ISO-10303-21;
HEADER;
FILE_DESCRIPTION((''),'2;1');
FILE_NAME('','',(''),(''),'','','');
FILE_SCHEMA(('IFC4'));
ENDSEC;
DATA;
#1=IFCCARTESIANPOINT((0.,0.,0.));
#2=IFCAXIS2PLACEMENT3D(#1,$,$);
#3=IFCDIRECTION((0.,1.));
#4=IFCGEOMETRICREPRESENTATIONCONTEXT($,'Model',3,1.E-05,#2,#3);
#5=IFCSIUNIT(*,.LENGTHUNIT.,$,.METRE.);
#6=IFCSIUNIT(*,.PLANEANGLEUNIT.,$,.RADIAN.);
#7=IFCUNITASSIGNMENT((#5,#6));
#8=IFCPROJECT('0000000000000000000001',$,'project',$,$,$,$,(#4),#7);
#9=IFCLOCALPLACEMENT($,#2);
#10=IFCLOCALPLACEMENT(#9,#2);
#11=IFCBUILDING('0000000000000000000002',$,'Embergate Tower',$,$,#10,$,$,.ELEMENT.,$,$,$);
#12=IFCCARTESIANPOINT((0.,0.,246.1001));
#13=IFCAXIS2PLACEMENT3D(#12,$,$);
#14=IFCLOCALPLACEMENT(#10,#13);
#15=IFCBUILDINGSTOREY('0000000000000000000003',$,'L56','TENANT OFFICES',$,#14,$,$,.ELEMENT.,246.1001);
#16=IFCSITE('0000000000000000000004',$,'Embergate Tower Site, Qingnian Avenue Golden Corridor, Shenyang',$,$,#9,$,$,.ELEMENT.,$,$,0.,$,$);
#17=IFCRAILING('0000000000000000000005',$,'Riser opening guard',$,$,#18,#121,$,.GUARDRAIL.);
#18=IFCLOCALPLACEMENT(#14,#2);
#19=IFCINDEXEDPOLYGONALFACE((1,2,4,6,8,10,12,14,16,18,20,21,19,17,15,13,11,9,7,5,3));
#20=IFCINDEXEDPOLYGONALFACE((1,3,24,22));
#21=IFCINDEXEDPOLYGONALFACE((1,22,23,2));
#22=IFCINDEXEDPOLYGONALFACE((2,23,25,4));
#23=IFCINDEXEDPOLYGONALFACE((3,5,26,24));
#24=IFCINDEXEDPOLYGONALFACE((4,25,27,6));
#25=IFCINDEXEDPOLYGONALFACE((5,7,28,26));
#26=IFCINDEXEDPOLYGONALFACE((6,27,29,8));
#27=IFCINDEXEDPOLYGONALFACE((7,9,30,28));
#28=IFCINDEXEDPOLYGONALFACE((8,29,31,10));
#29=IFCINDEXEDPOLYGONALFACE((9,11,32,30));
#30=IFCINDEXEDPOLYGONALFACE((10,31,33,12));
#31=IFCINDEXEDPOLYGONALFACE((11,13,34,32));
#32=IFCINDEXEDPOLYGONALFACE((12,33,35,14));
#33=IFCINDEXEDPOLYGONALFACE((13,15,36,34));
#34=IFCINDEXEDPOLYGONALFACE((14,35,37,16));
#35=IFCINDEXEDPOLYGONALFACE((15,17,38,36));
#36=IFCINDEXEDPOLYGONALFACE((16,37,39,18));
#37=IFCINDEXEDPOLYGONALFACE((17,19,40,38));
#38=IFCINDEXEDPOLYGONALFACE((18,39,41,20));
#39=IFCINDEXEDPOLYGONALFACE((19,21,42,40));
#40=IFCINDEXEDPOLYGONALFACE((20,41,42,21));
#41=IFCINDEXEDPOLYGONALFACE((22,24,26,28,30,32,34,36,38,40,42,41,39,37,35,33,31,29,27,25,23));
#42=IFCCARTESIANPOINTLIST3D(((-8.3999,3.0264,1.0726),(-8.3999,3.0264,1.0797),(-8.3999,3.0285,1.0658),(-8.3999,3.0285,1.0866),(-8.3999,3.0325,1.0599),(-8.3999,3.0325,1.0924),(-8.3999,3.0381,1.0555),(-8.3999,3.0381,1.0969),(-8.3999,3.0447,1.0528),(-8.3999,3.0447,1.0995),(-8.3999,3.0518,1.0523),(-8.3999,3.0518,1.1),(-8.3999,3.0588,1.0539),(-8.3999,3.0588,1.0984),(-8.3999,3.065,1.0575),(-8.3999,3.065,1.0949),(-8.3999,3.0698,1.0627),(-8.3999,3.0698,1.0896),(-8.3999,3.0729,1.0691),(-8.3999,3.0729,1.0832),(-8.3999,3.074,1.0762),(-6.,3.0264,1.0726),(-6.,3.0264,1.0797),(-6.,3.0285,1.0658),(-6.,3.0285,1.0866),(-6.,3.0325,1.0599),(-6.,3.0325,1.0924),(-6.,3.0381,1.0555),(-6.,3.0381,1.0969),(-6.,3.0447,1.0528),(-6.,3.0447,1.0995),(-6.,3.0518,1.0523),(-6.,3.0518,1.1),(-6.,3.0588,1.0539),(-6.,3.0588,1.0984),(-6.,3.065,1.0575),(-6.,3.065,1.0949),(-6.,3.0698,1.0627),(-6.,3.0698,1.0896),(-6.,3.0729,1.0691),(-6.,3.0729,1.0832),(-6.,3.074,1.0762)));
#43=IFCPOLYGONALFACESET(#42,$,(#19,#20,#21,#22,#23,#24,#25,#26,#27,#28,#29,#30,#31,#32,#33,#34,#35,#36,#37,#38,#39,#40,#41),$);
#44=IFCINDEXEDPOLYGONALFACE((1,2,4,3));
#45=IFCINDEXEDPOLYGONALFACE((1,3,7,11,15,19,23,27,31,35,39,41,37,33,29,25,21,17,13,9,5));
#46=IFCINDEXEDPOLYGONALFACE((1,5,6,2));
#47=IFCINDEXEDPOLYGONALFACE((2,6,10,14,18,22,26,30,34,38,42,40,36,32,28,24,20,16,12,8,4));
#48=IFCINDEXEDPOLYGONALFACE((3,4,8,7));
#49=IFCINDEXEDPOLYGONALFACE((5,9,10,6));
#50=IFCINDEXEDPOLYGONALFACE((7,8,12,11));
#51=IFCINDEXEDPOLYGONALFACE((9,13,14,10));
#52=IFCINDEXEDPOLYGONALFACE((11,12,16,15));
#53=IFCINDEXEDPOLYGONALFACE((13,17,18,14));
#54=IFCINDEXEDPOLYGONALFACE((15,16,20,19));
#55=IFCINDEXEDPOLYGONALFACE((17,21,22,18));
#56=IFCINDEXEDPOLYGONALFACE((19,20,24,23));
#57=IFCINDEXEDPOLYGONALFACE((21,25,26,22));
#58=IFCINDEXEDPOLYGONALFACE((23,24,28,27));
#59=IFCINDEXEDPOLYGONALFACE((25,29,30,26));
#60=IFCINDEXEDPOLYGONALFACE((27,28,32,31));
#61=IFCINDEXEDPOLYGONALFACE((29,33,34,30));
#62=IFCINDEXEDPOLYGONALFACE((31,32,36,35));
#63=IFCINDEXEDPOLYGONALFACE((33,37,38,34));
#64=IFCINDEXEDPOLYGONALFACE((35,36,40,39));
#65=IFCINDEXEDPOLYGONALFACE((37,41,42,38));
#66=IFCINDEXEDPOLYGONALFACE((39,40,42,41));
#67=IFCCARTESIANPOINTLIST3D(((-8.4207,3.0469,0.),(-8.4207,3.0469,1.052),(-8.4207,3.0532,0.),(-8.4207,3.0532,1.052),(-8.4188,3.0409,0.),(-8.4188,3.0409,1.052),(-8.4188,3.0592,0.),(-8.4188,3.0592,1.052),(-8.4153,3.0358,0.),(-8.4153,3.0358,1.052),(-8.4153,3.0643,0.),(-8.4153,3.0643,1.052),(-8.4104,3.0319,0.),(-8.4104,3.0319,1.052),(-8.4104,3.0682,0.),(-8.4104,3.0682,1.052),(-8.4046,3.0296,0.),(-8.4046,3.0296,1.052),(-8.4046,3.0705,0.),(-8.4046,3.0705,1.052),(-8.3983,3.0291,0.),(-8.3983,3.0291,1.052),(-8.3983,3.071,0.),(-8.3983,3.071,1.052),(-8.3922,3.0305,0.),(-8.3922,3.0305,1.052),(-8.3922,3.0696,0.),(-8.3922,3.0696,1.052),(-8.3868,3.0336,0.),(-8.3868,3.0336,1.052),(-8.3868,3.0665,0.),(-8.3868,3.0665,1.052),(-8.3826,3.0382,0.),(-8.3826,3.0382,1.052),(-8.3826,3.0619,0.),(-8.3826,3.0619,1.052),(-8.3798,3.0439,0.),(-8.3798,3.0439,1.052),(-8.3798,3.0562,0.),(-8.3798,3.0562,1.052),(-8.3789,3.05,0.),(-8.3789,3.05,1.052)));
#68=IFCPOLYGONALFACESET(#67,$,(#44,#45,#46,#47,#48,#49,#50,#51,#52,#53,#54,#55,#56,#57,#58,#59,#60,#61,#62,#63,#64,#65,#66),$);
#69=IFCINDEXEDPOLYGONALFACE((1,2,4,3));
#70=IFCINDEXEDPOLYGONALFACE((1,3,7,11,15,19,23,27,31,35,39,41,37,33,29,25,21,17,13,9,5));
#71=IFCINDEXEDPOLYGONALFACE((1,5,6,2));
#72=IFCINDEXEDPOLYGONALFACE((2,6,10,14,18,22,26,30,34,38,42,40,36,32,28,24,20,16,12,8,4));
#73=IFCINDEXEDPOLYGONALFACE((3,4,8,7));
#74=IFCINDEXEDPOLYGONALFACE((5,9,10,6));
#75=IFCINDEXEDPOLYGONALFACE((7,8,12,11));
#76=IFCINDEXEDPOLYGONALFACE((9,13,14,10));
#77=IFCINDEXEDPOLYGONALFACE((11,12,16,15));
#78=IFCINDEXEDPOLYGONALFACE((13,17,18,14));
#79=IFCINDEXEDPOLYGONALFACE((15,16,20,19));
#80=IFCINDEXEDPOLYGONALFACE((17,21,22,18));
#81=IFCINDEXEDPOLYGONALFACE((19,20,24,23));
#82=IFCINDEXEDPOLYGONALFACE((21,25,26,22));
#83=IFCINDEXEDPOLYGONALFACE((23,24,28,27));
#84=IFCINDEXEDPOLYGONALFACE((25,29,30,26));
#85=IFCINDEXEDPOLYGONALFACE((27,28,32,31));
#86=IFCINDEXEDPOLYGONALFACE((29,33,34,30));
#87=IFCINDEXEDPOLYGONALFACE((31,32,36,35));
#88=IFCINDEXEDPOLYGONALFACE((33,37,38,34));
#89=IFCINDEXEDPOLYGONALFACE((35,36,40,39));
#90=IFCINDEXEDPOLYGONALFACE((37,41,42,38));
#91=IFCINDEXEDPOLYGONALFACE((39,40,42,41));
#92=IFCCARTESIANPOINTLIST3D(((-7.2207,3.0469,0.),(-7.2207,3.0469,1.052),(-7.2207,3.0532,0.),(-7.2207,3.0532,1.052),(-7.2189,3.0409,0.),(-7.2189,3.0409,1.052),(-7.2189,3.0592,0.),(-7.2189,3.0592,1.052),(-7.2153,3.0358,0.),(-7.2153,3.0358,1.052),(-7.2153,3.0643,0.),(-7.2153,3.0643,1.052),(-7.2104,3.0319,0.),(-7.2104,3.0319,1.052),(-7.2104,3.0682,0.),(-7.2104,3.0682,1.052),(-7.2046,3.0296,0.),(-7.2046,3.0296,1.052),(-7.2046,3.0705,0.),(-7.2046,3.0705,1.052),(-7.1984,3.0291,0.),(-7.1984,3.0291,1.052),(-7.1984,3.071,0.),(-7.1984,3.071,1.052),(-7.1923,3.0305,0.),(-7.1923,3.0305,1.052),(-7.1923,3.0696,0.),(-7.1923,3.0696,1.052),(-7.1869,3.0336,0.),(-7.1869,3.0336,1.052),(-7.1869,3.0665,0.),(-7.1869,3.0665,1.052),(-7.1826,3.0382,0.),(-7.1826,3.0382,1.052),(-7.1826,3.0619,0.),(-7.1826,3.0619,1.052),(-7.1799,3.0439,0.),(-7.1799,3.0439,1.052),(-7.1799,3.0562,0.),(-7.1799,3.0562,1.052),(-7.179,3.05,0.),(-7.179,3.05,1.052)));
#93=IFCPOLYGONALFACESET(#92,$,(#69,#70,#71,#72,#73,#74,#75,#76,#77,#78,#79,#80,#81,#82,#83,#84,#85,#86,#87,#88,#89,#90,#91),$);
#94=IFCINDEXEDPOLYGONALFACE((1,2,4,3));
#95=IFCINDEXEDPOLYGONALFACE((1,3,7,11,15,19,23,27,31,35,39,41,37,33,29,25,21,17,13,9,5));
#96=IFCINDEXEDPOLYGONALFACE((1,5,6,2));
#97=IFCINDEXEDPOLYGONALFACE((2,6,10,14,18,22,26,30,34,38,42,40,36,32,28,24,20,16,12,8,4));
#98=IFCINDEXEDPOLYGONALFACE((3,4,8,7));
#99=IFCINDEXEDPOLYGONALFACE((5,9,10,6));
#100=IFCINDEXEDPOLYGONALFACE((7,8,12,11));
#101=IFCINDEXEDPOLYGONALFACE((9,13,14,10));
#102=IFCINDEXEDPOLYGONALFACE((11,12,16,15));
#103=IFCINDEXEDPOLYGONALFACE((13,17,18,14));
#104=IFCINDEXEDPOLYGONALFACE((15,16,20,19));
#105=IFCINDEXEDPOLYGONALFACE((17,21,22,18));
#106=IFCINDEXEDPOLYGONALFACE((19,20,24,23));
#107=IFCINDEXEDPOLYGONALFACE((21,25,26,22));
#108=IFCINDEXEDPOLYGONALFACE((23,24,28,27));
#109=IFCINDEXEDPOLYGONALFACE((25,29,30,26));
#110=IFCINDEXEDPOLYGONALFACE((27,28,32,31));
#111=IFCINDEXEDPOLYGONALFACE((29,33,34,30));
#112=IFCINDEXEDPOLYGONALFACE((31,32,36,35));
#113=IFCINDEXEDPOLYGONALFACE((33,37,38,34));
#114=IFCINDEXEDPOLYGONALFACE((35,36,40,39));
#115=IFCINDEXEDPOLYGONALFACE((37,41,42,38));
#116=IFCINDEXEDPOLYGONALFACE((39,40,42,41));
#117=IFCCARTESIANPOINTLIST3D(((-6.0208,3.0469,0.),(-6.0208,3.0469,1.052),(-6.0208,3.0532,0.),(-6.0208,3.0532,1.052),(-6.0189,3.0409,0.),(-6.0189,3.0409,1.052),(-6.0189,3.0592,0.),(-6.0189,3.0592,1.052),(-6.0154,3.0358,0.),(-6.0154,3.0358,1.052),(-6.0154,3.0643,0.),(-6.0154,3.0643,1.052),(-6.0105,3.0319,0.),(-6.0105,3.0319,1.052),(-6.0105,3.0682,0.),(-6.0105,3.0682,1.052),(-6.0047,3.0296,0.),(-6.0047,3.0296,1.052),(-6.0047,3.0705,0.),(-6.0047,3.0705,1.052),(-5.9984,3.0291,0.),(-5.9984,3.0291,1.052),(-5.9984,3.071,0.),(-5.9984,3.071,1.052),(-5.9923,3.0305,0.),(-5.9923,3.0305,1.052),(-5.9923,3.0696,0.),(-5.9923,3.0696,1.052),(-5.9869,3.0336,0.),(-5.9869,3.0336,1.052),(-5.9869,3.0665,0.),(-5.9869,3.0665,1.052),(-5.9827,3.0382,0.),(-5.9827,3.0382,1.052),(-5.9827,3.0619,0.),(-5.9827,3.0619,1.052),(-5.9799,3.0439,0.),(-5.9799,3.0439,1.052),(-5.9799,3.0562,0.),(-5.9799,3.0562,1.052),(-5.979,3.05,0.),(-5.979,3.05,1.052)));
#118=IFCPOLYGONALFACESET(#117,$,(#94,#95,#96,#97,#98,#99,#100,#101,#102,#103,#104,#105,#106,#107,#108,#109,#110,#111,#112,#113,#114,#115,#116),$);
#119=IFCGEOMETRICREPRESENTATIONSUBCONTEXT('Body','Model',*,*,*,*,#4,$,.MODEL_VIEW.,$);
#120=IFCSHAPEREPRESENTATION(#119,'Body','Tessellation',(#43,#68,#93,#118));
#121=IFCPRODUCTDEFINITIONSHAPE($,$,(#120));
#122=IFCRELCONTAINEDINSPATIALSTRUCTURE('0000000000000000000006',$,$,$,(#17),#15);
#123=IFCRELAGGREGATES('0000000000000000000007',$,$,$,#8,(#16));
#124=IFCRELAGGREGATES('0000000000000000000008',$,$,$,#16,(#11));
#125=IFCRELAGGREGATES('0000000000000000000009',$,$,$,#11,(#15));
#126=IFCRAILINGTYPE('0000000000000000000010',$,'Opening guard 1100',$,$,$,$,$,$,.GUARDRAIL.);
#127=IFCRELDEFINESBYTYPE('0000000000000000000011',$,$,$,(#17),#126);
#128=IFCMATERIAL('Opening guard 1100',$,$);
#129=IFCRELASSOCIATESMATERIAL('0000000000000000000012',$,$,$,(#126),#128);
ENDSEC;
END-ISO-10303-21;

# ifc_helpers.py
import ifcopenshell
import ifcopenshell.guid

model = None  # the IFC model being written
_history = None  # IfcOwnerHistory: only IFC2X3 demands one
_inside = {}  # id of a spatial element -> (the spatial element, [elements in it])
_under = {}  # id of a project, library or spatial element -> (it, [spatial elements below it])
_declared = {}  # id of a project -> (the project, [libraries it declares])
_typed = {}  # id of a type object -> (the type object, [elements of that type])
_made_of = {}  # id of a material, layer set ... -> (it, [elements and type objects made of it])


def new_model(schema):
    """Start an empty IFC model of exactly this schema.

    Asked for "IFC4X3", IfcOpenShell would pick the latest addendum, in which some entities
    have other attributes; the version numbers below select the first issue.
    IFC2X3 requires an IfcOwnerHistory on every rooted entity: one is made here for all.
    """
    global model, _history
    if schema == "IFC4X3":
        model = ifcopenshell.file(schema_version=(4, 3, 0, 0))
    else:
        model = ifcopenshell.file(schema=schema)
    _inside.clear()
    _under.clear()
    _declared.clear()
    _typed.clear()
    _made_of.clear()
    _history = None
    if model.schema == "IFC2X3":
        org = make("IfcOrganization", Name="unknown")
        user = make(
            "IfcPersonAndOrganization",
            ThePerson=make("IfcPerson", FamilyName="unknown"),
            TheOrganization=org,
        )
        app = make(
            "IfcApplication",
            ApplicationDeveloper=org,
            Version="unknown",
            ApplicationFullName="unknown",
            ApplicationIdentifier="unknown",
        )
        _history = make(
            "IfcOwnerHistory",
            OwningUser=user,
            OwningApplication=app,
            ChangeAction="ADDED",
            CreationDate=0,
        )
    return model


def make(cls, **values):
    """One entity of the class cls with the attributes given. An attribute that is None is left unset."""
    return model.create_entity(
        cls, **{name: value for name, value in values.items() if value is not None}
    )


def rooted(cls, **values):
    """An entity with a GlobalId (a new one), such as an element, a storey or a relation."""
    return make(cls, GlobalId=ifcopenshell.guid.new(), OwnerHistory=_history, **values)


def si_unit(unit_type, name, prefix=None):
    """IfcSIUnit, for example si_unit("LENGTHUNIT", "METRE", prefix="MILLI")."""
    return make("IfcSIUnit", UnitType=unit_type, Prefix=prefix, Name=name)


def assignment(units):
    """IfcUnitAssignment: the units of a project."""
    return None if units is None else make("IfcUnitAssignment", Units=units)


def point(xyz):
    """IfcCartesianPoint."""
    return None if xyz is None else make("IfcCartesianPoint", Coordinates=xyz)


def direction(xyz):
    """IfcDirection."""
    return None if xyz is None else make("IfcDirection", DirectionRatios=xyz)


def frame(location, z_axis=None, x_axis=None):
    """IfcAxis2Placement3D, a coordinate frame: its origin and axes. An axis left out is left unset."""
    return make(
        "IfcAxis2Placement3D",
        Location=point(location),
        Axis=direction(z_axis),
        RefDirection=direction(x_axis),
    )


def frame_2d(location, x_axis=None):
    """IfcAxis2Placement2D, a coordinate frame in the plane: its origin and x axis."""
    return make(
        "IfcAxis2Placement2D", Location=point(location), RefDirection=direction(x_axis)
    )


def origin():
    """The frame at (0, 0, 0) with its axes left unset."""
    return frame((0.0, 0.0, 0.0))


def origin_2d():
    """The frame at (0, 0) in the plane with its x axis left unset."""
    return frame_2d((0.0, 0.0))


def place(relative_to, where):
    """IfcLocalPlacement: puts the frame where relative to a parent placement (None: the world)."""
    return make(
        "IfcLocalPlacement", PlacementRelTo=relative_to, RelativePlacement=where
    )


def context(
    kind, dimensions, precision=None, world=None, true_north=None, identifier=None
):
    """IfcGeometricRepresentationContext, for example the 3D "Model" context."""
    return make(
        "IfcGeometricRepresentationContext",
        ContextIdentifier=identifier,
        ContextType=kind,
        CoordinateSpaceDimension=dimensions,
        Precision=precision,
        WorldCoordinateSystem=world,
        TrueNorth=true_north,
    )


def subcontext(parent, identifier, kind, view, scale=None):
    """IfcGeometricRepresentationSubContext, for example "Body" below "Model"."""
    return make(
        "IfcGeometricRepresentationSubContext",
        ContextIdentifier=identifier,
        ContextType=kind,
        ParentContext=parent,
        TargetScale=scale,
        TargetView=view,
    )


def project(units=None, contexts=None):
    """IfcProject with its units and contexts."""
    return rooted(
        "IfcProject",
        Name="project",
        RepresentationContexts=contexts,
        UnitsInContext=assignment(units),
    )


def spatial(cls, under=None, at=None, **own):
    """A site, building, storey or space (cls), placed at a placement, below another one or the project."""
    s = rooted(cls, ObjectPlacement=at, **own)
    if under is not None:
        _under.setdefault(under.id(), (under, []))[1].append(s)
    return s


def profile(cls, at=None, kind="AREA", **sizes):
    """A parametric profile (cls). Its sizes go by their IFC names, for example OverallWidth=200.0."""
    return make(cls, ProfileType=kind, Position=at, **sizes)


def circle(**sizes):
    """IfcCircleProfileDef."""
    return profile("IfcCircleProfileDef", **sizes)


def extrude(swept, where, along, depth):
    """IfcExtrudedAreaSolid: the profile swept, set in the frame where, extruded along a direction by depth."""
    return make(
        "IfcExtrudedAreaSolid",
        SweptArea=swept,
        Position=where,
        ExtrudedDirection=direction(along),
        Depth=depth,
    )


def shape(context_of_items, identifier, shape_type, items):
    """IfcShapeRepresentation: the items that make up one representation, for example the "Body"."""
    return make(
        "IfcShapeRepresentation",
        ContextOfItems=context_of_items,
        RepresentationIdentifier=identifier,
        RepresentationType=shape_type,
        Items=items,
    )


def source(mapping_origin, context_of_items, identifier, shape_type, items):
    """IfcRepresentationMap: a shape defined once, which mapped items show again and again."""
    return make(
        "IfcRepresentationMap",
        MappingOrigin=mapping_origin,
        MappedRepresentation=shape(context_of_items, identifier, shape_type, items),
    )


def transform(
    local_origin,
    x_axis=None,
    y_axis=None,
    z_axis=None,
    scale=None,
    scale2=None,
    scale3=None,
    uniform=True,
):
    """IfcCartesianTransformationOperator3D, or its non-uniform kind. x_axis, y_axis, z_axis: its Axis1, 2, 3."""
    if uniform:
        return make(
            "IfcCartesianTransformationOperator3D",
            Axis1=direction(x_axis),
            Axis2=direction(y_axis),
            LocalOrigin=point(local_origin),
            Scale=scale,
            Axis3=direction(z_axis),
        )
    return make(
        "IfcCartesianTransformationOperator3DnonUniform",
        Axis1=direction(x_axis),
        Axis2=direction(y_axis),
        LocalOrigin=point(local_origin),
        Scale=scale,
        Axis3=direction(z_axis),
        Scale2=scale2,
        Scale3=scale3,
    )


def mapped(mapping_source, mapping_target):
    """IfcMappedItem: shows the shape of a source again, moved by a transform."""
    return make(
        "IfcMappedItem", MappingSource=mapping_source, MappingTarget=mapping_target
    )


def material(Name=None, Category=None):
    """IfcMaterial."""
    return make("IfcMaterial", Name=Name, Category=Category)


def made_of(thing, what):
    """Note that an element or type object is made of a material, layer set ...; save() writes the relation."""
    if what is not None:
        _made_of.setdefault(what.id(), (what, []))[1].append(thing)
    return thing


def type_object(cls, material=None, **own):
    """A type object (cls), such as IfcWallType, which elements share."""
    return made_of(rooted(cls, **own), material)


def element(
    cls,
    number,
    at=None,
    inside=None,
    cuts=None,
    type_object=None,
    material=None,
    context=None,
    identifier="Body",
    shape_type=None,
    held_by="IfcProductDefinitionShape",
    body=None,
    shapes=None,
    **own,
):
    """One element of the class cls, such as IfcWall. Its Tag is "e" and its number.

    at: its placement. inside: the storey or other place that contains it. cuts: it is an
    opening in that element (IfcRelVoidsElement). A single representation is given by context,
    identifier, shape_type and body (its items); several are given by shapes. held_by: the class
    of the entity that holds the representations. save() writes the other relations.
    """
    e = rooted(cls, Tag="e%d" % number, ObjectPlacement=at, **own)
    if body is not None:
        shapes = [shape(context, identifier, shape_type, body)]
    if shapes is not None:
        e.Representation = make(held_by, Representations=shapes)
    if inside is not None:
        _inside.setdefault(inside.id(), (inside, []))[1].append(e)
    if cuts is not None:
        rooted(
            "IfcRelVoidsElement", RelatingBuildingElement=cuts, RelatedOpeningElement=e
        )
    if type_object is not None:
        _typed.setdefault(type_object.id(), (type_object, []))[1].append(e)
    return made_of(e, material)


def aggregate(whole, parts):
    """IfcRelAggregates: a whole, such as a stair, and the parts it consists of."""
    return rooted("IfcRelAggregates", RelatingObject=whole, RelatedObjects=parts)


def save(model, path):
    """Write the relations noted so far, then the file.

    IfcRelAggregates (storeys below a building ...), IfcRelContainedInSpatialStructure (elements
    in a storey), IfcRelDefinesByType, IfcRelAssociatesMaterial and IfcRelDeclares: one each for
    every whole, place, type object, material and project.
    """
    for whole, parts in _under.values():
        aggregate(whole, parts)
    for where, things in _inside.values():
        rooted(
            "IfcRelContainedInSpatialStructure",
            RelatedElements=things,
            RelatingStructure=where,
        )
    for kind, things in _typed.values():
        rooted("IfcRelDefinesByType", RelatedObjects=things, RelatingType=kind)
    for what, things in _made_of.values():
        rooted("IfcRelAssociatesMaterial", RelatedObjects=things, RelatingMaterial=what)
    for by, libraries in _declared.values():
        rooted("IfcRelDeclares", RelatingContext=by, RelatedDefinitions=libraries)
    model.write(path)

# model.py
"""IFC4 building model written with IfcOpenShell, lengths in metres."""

from ifc_helpers import new_model, si_unit, direction, frame, origin, origin_2d, place, context, subcontext, project, spatial, circle, extrude, source, transform, mapped, material, type_object, element, save


model = new_model("IFC4")

# Units and contexts
model_context = context("Model", 3, precision=1e-05, world=origin(), true_north=direction((0.0, 1.0)))
body_context = subcontext(model_context, "Body", "Model", "MODEL_VIEW")
ifc_project = project(units=[si_unit("LENGTHUNIT", "METRE"), si_unit("PLANEANGLEUNIT", "RADIAN")], contexts=[model_context])

# Site, building, storey
site_placement = place(None, origin())
site = spatial("IfcSite", under=ifc_project, at=site_placement, Name="Embergate Tower Site, Qingnian Avenue Golden Corridor, Shenyang", CompositionType="ELEMENT", RefElevation=0.0)
building_placement = place(site_placement, origin())
building = spatial("IfcBuilding", under=site, at=building_placement, Name="Embergate Tower", CompositionType="ELEMENT")
storey_placement = place(building_placement, frame((0.0, 0.0, 246.1001)))
storey = spatial("IfcBuildingStorey", under=building, at=storey_placement, Name="L56", Description="TENANT OFFICES", CompositionType="ELEMENT", Elevation=246.1001)

# Railing
ifc_material_1 = material(Name="Opening guard 1100")
railing_type = type_object("IfcRailingType", Name="Opening guard 1100", PredefinedType="GUARDRAIL", material=ifc_material_1)
shared_shape_1 = source(origin(), body_context, "Body", "SweptSolid", [
    extrude(circle(Radius=0.0239, at=origin_2d()), frame((0.0, 0.0, 1.0762), z_axis=(1.0, 0.0, 0.0), x_axis=(0.0, 1.0, 0.0)), (0.0, 0.0, 1.0), 2.3999),
    extrude(circle(Radius=0.021, at=origin_2d()), origin(), (0.0, 0.0, 1.0), 1.052),
    extrude(circle(Radius=0.021, at=origin_2d()), frame((1.2, 0.0, 0.0)), (0.0, 0.0, 1.0), 1.052),
    extrude(circle(Radius=0.021, at=origin_2d()), frame((2.3999, 0.0, 0.0)), (0.0, 0.0, 1.0), 1.052),
])
railing_placement = place(storey_placement, frame((-8.3999, 3.05, 0.0)))
element("IfcRailing", 1, at=railing_placement, inside=storey, type_object=railing_type, Name="Riser opening guard", PredefinedType="GUARDRAIL", context=body_context, shape_type="MappedRepresentation", body=[
    mapped(shared_shape_1, transform((0.0, 0.0, 0.0))),
])

save(model, "model.ifc")
